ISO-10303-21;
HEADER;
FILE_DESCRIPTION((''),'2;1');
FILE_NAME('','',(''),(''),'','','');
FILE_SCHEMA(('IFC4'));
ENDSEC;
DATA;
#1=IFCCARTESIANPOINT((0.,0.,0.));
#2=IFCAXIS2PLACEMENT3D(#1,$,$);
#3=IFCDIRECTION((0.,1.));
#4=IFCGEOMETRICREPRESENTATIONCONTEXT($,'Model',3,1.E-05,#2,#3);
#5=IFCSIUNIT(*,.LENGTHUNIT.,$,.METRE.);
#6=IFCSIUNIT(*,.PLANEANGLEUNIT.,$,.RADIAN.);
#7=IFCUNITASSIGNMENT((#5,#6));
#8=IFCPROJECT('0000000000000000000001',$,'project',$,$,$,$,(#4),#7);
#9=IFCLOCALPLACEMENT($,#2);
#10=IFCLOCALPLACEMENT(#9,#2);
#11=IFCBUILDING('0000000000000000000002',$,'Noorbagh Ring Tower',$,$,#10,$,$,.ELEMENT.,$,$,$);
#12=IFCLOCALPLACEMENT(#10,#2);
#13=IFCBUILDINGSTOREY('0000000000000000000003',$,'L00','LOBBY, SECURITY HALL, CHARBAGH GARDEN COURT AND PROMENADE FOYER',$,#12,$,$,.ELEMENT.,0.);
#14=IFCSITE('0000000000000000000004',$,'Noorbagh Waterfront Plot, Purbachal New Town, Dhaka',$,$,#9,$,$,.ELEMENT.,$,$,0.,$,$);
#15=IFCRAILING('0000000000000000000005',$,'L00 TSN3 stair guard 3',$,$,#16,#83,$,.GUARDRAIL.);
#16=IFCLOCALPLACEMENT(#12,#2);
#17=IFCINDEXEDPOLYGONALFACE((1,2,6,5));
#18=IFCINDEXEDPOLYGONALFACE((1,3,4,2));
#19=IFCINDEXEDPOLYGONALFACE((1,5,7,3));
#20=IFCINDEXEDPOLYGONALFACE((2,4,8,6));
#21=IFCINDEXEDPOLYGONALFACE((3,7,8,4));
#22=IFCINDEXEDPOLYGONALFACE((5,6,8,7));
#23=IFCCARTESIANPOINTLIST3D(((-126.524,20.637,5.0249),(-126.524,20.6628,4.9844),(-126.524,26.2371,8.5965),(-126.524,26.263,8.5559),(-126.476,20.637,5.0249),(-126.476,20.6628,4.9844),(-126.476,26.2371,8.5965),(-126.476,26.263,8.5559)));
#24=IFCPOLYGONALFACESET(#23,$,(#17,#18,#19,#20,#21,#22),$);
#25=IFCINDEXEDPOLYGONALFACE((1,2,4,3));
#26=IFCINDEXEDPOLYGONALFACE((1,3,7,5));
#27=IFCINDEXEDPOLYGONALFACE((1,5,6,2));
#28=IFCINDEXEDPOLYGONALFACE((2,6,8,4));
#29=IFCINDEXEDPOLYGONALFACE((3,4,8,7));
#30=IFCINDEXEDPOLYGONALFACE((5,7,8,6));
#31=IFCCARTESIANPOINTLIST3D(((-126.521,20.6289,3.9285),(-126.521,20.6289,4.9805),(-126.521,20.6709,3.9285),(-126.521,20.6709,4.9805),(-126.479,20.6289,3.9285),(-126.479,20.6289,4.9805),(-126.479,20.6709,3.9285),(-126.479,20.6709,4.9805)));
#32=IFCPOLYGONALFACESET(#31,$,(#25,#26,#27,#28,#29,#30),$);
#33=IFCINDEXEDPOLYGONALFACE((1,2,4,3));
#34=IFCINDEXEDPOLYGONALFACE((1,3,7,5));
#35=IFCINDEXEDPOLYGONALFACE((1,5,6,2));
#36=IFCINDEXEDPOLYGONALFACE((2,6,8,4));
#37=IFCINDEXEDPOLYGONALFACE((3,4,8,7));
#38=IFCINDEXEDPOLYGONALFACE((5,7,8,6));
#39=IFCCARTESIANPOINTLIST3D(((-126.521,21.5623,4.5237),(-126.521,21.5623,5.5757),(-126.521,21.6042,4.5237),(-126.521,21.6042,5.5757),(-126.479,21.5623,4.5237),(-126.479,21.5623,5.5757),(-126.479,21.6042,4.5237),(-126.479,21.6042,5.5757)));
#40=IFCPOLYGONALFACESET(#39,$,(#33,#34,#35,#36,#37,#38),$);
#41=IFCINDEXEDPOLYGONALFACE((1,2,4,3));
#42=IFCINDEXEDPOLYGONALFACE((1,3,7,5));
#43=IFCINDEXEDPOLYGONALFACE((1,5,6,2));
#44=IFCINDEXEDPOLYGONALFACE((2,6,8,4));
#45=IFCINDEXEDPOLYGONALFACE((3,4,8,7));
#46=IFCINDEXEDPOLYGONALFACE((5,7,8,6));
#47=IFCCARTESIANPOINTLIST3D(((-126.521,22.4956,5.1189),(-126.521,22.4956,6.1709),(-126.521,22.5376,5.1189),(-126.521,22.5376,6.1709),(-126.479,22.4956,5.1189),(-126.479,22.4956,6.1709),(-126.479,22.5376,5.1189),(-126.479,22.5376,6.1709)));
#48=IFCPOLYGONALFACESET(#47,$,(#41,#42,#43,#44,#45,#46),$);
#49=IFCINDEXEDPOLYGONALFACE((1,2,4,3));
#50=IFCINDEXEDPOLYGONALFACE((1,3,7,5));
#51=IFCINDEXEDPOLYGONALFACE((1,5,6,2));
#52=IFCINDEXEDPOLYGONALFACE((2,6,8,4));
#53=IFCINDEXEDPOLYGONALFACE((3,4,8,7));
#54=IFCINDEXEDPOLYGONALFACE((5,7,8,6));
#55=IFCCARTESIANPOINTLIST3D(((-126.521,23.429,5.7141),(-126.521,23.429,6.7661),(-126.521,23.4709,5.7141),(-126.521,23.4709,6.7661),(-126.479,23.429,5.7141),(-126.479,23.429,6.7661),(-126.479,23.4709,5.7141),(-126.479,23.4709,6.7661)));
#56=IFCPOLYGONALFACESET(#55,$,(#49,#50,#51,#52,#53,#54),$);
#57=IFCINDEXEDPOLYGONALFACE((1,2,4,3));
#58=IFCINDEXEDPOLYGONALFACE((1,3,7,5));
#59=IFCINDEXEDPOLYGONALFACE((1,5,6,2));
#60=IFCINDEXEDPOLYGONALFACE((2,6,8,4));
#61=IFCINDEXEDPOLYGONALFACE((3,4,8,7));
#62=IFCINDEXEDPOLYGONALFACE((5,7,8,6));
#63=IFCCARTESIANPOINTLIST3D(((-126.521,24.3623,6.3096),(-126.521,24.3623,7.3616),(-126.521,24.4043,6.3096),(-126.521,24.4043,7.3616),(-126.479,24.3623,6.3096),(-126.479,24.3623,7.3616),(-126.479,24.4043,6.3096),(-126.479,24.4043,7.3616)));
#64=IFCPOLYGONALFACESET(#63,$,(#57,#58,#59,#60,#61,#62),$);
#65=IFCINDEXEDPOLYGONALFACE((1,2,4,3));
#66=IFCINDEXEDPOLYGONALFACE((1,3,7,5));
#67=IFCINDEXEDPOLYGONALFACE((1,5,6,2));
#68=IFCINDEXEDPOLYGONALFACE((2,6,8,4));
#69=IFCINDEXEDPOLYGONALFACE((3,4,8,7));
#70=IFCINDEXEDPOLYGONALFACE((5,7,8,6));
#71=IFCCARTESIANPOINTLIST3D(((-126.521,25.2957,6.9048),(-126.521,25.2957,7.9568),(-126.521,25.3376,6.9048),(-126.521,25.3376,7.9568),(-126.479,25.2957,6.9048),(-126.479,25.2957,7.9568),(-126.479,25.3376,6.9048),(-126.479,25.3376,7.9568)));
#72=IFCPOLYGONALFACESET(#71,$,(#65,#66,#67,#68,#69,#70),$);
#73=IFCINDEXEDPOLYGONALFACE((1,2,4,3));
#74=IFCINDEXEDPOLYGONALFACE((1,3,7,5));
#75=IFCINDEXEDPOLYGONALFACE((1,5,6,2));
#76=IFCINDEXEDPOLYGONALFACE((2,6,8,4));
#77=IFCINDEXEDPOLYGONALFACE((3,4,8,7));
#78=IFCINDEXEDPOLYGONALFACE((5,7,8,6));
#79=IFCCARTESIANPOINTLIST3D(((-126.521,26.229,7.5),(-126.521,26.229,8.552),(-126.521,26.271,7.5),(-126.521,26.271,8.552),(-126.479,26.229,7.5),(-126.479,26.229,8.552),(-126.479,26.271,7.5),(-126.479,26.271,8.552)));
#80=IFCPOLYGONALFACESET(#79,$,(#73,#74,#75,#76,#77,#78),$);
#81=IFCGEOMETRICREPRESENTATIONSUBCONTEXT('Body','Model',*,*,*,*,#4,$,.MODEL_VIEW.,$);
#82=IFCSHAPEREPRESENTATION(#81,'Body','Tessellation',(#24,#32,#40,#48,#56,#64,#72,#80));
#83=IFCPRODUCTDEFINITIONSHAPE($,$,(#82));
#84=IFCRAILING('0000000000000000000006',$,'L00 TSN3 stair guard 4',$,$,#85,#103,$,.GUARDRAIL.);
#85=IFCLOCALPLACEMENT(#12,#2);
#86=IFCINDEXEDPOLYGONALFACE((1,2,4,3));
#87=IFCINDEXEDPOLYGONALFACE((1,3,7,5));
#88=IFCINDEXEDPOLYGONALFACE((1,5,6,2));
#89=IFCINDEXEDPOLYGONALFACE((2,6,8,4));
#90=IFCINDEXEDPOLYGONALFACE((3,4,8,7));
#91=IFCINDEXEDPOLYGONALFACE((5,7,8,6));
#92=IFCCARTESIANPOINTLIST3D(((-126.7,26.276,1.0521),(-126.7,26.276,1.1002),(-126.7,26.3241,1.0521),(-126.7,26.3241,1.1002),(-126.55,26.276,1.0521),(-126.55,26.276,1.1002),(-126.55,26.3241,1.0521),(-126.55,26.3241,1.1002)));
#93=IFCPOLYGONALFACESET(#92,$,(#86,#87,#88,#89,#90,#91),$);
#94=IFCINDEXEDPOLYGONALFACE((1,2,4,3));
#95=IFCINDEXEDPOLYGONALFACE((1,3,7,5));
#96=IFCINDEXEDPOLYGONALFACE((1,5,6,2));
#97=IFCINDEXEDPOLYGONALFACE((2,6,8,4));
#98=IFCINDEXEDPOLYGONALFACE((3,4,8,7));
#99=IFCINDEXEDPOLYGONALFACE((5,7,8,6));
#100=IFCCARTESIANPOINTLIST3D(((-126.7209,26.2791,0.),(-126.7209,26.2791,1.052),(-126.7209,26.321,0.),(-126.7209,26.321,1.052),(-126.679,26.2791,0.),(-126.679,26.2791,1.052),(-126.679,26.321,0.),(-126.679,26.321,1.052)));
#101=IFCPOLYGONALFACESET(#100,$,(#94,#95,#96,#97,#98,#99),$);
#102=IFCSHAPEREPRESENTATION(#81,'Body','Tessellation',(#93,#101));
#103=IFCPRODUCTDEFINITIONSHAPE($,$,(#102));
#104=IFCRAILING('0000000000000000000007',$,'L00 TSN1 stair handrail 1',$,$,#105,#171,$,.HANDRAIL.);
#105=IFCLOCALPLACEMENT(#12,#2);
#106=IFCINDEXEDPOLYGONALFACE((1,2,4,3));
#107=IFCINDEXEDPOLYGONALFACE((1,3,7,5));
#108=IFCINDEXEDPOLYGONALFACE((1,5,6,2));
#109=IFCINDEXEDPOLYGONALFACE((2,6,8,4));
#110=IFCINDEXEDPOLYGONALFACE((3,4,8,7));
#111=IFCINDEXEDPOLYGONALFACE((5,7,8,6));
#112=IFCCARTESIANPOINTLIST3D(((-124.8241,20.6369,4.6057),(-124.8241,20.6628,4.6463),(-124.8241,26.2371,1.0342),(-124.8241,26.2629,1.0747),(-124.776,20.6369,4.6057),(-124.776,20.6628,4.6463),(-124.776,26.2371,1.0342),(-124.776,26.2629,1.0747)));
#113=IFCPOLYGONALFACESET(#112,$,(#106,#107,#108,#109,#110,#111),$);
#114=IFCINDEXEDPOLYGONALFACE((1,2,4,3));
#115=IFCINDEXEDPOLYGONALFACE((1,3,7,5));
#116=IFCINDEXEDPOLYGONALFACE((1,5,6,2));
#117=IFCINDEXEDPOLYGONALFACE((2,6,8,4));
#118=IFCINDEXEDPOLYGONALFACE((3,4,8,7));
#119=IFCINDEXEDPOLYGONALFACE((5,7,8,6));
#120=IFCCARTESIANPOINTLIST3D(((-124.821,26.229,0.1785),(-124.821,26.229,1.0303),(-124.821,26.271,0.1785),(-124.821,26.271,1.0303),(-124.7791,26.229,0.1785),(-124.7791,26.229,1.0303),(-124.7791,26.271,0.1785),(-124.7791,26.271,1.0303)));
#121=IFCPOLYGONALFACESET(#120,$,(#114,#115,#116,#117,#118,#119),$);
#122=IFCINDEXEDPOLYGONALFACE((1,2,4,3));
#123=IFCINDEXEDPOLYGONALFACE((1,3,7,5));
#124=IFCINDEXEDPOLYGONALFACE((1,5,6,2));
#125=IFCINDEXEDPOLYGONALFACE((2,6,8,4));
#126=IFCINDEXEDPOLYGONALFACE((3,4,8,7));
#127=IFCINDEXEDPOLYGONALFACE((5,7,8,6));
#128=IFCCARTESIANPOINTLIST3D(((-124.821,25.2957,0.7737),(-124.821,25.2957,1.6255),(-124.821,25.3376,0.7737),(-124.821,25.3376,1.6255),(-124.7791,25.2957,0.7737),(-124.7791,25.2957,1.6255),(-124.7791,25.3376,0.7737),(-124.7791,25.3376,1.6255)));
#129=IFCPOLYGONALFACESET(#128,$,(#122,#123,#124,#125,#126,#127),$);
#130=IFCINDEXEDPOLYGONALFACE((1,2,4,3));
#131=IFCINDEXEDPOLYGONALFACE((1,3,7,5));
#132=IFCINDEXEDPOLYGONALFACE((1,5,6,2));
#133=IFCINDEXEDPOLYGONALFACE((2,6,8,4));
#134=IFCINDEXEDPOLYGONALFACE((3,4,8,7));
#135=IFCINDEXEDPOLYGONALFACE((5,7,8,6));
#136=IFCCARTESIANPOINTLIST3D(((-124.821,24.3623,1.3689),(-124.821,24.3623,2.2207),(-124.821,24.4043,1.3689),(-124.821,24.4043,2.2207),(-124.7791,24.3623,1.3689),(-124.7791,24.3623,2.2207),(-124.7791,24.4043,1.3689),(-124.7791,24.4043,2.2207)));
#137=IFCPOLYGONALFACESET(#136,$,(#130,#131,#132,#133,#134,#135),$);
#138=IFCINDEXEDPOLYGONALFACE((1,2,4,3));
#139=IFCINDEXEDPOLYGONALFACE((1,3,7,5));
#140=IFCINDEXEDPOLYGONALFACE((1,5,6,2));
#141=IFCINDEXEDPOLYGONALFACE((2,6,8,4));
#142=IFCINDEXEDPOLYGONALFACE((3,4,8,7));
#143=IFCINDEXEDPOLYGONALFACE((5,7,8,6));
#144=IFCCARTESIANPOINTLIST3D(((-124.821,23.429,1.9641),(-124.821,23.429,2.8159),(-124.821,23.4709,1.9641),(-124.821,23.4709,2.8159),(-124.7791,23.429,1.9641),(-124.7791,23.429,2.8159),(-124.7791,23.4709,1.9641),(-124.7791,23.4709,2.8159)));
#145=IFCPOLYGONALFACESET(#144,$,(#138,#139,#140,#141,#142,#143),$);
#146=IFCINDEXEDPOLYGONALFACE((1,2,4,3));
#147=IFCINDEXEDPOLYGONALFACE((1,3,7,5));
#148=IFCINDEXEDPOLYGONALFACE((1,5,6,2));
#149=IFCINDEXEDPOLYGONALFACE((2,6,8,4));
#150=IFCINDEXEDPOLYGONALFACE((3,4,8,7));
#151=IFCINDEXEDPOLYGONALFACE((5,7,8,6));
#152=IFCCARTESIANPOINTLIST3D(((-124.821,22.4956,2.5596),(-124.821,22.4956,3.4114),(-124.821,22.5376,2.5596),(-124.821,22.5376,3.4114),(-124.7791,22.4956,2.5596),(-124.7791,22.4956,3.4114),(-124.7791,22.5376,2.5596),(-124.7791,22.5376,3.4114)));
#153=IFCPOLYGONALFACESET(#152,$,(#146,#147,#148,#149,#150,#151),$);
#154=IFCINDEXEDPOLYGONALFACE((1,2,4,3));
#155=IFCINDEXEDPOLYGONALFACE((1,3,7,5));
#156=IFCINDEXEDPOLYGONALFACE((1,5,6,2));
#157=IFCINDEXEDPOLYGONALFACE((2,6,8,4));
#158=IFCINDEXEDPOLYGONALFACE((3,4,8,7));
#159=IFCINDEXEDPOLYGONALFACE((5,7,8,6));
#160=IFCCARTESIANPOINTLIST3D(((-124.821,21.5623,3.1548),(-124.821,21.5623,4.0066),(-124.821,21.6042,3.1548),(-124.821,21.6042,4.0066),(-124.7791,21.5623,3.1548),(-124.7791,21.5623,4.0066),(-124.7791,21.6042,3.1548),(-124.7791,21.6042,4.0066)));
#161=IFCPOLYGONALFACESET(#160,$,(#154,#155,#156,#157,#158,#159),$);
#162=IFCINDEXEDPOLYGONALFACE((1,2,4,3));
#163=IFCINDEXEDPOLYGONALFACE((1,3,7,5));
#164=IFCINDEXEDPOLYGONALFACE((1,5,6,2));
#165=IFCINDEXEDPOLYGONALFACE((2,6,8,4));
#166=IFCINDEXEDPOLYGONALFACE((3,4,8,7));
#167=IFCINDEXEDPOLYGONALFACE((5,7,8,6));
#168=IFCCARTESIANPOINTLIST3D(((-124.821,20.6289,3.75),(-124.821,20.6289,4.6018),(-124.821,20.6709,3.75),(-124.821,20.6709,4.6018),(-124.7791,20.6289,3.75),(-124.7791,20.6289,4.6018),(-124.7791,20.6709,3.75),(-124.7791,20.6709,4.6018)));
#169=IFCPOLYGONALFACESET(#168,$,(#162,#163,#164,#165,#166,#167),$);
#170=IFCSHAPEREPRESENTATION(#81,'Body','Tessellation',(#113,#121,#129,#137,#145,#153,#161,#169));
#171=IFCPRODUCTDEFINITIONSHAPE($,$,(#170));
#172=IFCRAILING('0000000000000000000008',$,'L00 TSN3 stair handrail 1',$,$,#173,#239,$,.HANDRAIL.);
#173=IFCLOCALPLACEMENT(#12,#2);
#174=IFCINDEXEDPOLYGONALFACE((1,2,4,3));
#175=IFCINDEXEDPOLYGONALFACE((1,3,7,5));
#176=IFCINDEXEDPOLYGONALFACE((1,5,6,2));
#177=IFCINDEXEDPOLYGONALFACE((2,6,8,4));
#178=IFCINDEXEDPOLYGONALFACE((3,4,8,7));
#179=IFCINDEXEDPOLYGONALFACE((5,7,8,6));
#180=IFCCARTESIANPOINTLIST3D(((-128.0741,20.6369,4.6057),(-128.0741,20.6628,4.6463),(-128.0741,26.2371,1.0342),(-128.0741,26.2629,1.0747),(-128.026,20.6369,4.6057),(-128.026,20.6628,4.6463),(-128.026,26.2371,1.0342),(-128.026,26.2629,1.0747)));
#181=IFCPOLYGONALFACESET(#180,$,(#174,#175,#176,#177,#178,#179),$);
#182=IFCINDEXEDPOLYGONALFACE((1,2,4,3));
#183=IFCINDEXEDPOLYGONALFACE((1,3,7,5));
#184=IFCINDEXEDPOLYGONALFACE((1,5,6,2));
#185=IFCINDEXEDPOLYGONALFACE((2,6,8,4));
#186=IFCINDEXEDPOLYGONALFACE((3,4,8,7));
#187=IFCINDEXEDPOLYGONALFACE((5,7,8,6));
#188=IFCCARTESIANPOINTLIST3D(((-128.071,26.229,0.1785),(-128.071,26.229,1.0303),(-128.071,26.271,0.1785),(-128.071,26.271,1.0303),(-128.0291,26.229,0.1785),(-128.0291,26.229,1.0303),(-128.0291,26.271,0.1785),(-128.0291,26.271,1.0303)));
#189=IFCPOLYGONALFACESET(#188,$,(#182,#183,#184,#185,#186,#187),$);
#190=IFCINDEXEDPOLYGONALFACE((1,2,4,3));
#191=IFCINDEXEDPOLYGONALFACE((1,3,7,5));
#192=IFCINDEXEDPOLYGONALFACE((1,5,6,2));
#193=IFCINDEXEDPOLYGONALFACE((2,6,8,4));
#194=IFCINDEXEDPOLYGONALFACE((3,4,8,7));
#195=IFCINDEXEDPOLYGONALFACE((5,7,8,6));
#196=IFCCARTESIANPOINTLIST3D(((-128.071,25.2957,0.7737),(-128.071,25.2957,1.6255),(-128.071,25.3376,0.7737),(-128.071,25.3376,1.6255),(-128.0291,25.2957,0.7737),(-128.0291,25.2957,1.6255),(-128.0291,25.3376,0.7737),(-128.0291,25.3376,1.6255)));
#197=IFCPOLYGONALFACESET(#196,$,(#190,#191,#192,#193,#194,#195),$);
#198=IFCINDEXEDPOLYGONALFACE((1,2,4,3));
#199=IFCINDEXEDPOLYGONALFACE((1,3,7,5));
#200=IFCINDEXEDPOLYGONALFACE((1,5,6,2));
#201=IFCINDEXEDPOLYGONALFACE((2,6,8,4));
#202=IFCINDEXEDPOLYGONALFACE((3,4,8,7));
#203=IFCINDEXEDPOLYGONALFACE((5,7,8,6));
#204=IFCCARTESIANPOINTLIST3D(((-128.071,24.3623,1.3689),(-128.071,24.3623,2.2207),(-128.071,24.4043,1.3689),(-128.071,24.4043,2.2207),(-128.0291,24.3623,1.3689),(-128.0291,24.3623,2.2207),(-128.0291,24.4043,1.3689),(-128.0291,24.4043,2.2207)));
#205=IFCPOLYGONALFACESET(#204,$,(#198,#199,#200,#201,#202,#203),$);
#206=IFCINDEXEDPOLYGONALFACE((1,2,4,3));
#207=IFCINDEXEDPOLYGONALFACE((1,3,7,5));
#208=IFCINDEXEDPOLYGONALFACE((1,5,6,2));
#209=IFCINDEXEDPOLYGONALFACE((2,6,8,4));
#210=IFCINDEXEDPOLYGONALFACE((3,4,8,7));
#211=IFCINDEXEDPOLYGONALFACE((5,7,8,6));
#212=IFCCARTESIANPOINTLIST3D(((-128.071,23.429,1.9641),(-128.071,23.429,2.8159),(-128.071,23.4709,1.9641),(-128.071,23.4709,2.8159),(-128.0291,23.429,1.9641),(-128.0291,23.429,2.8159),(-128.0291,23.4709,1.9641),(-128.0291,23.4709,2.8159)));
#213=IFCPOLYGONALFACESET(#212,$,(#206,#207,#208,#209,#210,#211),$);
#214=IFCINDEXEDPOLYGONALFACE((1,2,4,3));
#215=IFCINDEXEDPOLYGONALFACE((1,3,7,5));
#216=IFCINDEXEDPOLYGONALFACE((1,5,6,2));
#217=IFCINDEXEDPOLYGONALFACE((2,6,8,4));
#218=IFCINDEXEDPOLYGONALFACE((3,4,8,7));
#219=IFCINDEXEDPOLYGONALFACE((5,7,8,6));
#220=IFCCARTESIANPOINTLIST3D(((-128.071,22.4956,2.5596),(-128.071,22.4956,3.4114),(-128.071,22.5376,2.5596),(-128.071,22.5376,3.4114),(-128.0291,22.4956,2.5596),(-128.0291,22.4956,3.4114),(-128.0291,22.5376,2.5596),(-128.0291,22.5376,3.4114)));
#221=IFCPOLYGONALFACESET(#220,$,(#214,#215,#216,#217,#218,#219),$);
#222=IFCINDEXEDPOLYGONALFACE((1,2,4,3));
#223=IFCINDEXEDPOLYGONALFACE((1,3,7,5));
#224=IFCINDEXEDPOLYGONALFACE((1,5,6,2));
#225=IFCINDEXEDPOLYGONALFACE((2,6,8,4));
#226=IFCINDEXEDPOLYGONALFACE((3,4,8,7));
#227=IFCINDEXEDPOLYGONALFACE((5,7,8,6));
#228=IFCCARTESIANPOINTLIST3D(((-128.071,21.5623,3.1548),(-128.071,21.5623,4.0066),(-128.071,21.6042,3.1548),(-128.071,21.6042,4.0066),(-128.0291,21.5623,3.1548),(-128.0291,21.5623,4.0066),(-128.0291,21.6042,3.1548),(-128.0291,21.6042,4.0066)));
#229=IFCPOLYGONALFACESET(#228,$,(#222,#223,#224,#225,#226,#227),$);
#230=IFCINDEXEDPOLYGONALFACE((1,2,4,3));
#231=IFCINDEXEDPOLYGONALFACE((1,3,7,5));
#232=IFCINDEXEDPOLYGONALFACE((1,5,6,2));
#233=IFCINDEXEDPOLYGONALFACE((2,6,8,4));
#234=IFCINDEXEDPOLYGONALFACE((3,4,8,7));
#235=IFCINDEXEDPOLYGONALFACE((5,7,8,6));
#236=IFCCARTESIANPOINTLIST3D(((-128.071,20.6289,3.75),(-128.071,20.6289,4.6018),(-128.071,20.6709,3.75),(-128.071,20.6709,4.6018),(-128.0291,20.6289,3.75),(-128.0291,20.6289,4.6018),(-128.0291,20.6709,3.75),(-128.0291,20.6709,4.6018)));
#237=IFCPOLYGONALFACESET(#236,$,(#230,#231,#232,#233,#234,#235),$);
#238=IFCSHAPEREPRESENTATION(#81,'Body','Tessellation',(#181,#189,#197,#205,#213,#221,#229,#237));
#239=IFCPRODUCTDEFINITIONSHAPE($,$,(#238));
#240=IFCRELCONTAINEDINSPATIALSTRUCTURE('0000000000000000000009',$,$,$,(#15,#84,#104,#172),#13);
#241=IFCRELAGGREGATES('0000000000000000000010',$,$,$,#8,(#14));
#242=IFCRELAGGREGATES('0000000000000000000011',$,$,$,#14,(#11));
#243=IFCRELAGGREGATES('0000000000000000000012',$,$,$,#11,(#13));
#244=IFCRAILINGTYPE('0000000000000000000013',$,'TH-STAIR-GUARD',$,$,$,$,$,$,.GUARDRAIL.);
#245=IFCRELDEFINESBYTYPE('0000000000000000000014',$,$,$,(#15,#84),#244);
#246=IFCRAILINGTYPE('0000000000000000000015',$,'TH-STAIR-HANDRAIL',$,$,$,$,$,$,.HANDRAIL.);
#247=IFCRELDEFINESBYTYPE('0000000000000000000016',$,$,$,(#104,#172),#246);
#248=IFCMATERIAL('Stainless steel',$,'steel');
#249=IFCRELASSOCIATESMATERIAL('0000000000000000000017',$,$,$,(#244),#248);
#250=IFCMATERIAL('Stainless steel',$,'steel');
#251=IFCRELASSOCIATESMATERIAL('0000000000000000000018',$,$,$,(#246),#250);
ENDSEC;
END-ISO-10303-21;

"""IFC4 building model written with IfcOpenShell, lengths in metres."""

from ifc_helpers import new_model, si_unit, direction, frame, origin, origin_2d, place, context, subcontext, project, spatial, rectangle, extrude, material, type_object, element, save


model = new_model("IFC4")

# Units and contexts
model_context = context("Model", 3, precision=1e-05, world=origin(), true_north=direction((0.0, 1.0)))
body_context = subcontext(model_context, "Body", "Model", "MODEL_VIEW")
ifc_project = project(units=[si_unit("LENGTHUNIT", "METRE"), si_unit("PLANEANGLEUNIT", "RADIAN")], contexts=[model_context])

# Site, building, storey
site_placement = place(None, origin())
site = spatial("IfcSite", under=ifc_project, at=site_placement, Name="Noorbagh Waterfront Plot, Purbachal New Town, Dhaka", CompositionType="ELEMENT", RefElevation=0.0)
building_placement = place(site_placement, origin())
building = spatial("IfcBuilding", under=site, at=building_placement, Name="Noorbagh Ring Tower", CompositionType="ELEMENT")
storey_placement = place(building_placement, origin())
storey = spatial("IfcBuildingStorey", under=building, at=storey_placement, Name="L00", Description="LOBBY, SECURITY HALL, CHARBAGH GARDEN COURT AND PROMENADE FOYER", CompositionType="ELEMENT", Elevation=0.0)

# Railings
ifc_material_1 = material(Name="Stainless steel", Category="steel")
railing_type_1 = type_object("IfcRailingType", Name="TH-STAIR-GUARD", PredefinedType="GUARDRAIL", material=ifc_material_1)
railing_1_placement = place(storey_placement, frame((-126.5, 20.6499, 3.9285)))
element("IfcRailing", 1, at=railing_1_placement, inside=storey, type_object=railing_type_1, Name="L00 TSN3 stair guard 3", PredefinedType="GUARDRAIL", context=body_context, shape_type="SweptSolid", body=[
    extrude(rectangle(XDim=0.0481, YDim=0.0481, at=origin_2d()), frame((0.0, 0.0, 1.0762), z_axis=(0.0, 0.843127, 0.537715), x_axis=(-1.0, 0.0, 0.0)), (0.0, 0.0, 1.0), 6.6421),
    extrude(rectangle(XDim=0.042, YDim=0.042, at=origin_2d()), origin(), (0.0, 0.0, 1.0), 1.052),
    extrude(rectangle(XDim=0.042, YDim=0.042, at=origin_2d()), frame((0.0, 0.9333, 0.5952)), (0.0, 0.0, 1.0), 1.052),
    extrude(rectangle(XDim=0.042, YDim=0.042, at=origin_2d()), frame((0.0, 1.8667, 1.1904)), (0.0, 0.0, 1.0), 1.052),
    extrude(rectangle(XDim=0.042, YDim=0.042, at=origin_2d()), frame((0.0, 2.8, 1.7856)), (0.0, 0.0, 1.0), 1.052),
    extrude(rectangle(XDim=0.042, YDim=0.042, at=origin_2d()), frame((0.0, 3.7334, 2.3811)), (0.0, 0.0, 1.0), 1.052),
    extrude(rectangle(XDim=0.042, YDim=0.042, at=origin_2d()), frame((0.0, 4.6667, 2.9763)), (0.0, 0.0, 1.0), 1.052),
    extrude(rectangle(XDim=0.042, YDim=0.042, at=origin_2d()), frame((0.0, 5.6001, 3.5715)), (0.0, 0.0, 1.0), 1.052),
])
railing_2_placement = place(storey_placement, frame((-126.7, 26.3, 0.0)))
element("IfcRailing", 2, at=railing_2_placement, inside=storey, type_object=railing_type_1, Name="L00 TSN3 stair guard 4", PredefinedType="GUARDRAIL", context=body_context, shape_type="SweptSolid", body=[
    extrude(rectangle(XDim=0.0481, YDim=0.0481, at=origin_2d()), frame((0.0, 0.0, 1.0762), z_axis=(1.0, 0.0, 0.0), x_axis=(0.0, 1.0, 0.0)), (0.0, 0.0, 1.0), 0.1499),
    extrude(rectangle(XDim=0.042, YDim=0.042, at=origin_2d()), origin(), (0.0, 0.0, 1.0), 1.052),
])
ifc_material_2 = material(Name="Stainless steel", Category="steel")
railing_type_2 = type_object("IfcRailingType", Name="TH-STAIR-HANDRAIL", PredefinedType="HANDRAIL", material=ifc_material_2)
for number, where, name in (
    (3, (-124.8, 26.25, 0.1785), "L00 TSN1 stair handrail 1"),
    (4, (-128.05, 26.25, 0.1785), "L00 TSN3 stair handrail 1"),
):
    element("IfcRailing", number, at=place(storey_placement, frame(where)), inside=storey, type_object=railing_type_2, Name=name, PredefinedType="HANDRAIL", context=body_context, shape_type="SweptSolid", body=[
        extrude(rectangle(XDim=0.0481, YDim=0.0481, at=origin_2d()), frame((0.0, 0.0, 0.876), z_axis=(0.0, -0.843127, 0.537715), x_axis=(1.0, 0.0, 0.0)), (0.0, 0.0, 1.0), 6.6421),
        extrude(rectangle(XDim=0.042, YDim=0.042, at=origin_2d()), origin(), (0.0, 0.0, 1.0), 0.8518),
        extrude(rectangle(XDim=0.042, YDim=0.042, at=origin_2d()), frame((0.0, -0.9333, 0.5952)), (0.0, 0.0, 1.0), 0.8518),
        extrude(rectangle(XDim=0.042, YDim=0.042, at=origin_2d()), frame((0.0, -1.8667, 1.1904)), (0.0, 0.0, 1.0), 0.8518),
        extrude(rectangle(XDim=0.042, YDim=0.042, at=origin_2d()), frame((0.0, -2.8, 1.7856)), (0.0, 0.0, 1.0), 0.8518),
        extrude(rectangle(XDim=0.042, YDim=0.042, at=origin_2d()), frame((0.0, -3.7334, 2.3811)), (0.0, 0.0, 1.0), 0.8518),
        extrude(rectangle(XDim=0.042, YDim=0.042, at=origin_2d()), frame((0.0, -4.6667, 2.9763)), (0.0, 0.0, 1.0), 0.8518),
        extrude(rectangle(XDim=0.042, YDim=0.042, at=origin_2d()), frame((0.0, -5.6001, 3.5715)), (0.0, 0.0, 1.0), 0.8518),
    ])

save(model, "model.ifc")
